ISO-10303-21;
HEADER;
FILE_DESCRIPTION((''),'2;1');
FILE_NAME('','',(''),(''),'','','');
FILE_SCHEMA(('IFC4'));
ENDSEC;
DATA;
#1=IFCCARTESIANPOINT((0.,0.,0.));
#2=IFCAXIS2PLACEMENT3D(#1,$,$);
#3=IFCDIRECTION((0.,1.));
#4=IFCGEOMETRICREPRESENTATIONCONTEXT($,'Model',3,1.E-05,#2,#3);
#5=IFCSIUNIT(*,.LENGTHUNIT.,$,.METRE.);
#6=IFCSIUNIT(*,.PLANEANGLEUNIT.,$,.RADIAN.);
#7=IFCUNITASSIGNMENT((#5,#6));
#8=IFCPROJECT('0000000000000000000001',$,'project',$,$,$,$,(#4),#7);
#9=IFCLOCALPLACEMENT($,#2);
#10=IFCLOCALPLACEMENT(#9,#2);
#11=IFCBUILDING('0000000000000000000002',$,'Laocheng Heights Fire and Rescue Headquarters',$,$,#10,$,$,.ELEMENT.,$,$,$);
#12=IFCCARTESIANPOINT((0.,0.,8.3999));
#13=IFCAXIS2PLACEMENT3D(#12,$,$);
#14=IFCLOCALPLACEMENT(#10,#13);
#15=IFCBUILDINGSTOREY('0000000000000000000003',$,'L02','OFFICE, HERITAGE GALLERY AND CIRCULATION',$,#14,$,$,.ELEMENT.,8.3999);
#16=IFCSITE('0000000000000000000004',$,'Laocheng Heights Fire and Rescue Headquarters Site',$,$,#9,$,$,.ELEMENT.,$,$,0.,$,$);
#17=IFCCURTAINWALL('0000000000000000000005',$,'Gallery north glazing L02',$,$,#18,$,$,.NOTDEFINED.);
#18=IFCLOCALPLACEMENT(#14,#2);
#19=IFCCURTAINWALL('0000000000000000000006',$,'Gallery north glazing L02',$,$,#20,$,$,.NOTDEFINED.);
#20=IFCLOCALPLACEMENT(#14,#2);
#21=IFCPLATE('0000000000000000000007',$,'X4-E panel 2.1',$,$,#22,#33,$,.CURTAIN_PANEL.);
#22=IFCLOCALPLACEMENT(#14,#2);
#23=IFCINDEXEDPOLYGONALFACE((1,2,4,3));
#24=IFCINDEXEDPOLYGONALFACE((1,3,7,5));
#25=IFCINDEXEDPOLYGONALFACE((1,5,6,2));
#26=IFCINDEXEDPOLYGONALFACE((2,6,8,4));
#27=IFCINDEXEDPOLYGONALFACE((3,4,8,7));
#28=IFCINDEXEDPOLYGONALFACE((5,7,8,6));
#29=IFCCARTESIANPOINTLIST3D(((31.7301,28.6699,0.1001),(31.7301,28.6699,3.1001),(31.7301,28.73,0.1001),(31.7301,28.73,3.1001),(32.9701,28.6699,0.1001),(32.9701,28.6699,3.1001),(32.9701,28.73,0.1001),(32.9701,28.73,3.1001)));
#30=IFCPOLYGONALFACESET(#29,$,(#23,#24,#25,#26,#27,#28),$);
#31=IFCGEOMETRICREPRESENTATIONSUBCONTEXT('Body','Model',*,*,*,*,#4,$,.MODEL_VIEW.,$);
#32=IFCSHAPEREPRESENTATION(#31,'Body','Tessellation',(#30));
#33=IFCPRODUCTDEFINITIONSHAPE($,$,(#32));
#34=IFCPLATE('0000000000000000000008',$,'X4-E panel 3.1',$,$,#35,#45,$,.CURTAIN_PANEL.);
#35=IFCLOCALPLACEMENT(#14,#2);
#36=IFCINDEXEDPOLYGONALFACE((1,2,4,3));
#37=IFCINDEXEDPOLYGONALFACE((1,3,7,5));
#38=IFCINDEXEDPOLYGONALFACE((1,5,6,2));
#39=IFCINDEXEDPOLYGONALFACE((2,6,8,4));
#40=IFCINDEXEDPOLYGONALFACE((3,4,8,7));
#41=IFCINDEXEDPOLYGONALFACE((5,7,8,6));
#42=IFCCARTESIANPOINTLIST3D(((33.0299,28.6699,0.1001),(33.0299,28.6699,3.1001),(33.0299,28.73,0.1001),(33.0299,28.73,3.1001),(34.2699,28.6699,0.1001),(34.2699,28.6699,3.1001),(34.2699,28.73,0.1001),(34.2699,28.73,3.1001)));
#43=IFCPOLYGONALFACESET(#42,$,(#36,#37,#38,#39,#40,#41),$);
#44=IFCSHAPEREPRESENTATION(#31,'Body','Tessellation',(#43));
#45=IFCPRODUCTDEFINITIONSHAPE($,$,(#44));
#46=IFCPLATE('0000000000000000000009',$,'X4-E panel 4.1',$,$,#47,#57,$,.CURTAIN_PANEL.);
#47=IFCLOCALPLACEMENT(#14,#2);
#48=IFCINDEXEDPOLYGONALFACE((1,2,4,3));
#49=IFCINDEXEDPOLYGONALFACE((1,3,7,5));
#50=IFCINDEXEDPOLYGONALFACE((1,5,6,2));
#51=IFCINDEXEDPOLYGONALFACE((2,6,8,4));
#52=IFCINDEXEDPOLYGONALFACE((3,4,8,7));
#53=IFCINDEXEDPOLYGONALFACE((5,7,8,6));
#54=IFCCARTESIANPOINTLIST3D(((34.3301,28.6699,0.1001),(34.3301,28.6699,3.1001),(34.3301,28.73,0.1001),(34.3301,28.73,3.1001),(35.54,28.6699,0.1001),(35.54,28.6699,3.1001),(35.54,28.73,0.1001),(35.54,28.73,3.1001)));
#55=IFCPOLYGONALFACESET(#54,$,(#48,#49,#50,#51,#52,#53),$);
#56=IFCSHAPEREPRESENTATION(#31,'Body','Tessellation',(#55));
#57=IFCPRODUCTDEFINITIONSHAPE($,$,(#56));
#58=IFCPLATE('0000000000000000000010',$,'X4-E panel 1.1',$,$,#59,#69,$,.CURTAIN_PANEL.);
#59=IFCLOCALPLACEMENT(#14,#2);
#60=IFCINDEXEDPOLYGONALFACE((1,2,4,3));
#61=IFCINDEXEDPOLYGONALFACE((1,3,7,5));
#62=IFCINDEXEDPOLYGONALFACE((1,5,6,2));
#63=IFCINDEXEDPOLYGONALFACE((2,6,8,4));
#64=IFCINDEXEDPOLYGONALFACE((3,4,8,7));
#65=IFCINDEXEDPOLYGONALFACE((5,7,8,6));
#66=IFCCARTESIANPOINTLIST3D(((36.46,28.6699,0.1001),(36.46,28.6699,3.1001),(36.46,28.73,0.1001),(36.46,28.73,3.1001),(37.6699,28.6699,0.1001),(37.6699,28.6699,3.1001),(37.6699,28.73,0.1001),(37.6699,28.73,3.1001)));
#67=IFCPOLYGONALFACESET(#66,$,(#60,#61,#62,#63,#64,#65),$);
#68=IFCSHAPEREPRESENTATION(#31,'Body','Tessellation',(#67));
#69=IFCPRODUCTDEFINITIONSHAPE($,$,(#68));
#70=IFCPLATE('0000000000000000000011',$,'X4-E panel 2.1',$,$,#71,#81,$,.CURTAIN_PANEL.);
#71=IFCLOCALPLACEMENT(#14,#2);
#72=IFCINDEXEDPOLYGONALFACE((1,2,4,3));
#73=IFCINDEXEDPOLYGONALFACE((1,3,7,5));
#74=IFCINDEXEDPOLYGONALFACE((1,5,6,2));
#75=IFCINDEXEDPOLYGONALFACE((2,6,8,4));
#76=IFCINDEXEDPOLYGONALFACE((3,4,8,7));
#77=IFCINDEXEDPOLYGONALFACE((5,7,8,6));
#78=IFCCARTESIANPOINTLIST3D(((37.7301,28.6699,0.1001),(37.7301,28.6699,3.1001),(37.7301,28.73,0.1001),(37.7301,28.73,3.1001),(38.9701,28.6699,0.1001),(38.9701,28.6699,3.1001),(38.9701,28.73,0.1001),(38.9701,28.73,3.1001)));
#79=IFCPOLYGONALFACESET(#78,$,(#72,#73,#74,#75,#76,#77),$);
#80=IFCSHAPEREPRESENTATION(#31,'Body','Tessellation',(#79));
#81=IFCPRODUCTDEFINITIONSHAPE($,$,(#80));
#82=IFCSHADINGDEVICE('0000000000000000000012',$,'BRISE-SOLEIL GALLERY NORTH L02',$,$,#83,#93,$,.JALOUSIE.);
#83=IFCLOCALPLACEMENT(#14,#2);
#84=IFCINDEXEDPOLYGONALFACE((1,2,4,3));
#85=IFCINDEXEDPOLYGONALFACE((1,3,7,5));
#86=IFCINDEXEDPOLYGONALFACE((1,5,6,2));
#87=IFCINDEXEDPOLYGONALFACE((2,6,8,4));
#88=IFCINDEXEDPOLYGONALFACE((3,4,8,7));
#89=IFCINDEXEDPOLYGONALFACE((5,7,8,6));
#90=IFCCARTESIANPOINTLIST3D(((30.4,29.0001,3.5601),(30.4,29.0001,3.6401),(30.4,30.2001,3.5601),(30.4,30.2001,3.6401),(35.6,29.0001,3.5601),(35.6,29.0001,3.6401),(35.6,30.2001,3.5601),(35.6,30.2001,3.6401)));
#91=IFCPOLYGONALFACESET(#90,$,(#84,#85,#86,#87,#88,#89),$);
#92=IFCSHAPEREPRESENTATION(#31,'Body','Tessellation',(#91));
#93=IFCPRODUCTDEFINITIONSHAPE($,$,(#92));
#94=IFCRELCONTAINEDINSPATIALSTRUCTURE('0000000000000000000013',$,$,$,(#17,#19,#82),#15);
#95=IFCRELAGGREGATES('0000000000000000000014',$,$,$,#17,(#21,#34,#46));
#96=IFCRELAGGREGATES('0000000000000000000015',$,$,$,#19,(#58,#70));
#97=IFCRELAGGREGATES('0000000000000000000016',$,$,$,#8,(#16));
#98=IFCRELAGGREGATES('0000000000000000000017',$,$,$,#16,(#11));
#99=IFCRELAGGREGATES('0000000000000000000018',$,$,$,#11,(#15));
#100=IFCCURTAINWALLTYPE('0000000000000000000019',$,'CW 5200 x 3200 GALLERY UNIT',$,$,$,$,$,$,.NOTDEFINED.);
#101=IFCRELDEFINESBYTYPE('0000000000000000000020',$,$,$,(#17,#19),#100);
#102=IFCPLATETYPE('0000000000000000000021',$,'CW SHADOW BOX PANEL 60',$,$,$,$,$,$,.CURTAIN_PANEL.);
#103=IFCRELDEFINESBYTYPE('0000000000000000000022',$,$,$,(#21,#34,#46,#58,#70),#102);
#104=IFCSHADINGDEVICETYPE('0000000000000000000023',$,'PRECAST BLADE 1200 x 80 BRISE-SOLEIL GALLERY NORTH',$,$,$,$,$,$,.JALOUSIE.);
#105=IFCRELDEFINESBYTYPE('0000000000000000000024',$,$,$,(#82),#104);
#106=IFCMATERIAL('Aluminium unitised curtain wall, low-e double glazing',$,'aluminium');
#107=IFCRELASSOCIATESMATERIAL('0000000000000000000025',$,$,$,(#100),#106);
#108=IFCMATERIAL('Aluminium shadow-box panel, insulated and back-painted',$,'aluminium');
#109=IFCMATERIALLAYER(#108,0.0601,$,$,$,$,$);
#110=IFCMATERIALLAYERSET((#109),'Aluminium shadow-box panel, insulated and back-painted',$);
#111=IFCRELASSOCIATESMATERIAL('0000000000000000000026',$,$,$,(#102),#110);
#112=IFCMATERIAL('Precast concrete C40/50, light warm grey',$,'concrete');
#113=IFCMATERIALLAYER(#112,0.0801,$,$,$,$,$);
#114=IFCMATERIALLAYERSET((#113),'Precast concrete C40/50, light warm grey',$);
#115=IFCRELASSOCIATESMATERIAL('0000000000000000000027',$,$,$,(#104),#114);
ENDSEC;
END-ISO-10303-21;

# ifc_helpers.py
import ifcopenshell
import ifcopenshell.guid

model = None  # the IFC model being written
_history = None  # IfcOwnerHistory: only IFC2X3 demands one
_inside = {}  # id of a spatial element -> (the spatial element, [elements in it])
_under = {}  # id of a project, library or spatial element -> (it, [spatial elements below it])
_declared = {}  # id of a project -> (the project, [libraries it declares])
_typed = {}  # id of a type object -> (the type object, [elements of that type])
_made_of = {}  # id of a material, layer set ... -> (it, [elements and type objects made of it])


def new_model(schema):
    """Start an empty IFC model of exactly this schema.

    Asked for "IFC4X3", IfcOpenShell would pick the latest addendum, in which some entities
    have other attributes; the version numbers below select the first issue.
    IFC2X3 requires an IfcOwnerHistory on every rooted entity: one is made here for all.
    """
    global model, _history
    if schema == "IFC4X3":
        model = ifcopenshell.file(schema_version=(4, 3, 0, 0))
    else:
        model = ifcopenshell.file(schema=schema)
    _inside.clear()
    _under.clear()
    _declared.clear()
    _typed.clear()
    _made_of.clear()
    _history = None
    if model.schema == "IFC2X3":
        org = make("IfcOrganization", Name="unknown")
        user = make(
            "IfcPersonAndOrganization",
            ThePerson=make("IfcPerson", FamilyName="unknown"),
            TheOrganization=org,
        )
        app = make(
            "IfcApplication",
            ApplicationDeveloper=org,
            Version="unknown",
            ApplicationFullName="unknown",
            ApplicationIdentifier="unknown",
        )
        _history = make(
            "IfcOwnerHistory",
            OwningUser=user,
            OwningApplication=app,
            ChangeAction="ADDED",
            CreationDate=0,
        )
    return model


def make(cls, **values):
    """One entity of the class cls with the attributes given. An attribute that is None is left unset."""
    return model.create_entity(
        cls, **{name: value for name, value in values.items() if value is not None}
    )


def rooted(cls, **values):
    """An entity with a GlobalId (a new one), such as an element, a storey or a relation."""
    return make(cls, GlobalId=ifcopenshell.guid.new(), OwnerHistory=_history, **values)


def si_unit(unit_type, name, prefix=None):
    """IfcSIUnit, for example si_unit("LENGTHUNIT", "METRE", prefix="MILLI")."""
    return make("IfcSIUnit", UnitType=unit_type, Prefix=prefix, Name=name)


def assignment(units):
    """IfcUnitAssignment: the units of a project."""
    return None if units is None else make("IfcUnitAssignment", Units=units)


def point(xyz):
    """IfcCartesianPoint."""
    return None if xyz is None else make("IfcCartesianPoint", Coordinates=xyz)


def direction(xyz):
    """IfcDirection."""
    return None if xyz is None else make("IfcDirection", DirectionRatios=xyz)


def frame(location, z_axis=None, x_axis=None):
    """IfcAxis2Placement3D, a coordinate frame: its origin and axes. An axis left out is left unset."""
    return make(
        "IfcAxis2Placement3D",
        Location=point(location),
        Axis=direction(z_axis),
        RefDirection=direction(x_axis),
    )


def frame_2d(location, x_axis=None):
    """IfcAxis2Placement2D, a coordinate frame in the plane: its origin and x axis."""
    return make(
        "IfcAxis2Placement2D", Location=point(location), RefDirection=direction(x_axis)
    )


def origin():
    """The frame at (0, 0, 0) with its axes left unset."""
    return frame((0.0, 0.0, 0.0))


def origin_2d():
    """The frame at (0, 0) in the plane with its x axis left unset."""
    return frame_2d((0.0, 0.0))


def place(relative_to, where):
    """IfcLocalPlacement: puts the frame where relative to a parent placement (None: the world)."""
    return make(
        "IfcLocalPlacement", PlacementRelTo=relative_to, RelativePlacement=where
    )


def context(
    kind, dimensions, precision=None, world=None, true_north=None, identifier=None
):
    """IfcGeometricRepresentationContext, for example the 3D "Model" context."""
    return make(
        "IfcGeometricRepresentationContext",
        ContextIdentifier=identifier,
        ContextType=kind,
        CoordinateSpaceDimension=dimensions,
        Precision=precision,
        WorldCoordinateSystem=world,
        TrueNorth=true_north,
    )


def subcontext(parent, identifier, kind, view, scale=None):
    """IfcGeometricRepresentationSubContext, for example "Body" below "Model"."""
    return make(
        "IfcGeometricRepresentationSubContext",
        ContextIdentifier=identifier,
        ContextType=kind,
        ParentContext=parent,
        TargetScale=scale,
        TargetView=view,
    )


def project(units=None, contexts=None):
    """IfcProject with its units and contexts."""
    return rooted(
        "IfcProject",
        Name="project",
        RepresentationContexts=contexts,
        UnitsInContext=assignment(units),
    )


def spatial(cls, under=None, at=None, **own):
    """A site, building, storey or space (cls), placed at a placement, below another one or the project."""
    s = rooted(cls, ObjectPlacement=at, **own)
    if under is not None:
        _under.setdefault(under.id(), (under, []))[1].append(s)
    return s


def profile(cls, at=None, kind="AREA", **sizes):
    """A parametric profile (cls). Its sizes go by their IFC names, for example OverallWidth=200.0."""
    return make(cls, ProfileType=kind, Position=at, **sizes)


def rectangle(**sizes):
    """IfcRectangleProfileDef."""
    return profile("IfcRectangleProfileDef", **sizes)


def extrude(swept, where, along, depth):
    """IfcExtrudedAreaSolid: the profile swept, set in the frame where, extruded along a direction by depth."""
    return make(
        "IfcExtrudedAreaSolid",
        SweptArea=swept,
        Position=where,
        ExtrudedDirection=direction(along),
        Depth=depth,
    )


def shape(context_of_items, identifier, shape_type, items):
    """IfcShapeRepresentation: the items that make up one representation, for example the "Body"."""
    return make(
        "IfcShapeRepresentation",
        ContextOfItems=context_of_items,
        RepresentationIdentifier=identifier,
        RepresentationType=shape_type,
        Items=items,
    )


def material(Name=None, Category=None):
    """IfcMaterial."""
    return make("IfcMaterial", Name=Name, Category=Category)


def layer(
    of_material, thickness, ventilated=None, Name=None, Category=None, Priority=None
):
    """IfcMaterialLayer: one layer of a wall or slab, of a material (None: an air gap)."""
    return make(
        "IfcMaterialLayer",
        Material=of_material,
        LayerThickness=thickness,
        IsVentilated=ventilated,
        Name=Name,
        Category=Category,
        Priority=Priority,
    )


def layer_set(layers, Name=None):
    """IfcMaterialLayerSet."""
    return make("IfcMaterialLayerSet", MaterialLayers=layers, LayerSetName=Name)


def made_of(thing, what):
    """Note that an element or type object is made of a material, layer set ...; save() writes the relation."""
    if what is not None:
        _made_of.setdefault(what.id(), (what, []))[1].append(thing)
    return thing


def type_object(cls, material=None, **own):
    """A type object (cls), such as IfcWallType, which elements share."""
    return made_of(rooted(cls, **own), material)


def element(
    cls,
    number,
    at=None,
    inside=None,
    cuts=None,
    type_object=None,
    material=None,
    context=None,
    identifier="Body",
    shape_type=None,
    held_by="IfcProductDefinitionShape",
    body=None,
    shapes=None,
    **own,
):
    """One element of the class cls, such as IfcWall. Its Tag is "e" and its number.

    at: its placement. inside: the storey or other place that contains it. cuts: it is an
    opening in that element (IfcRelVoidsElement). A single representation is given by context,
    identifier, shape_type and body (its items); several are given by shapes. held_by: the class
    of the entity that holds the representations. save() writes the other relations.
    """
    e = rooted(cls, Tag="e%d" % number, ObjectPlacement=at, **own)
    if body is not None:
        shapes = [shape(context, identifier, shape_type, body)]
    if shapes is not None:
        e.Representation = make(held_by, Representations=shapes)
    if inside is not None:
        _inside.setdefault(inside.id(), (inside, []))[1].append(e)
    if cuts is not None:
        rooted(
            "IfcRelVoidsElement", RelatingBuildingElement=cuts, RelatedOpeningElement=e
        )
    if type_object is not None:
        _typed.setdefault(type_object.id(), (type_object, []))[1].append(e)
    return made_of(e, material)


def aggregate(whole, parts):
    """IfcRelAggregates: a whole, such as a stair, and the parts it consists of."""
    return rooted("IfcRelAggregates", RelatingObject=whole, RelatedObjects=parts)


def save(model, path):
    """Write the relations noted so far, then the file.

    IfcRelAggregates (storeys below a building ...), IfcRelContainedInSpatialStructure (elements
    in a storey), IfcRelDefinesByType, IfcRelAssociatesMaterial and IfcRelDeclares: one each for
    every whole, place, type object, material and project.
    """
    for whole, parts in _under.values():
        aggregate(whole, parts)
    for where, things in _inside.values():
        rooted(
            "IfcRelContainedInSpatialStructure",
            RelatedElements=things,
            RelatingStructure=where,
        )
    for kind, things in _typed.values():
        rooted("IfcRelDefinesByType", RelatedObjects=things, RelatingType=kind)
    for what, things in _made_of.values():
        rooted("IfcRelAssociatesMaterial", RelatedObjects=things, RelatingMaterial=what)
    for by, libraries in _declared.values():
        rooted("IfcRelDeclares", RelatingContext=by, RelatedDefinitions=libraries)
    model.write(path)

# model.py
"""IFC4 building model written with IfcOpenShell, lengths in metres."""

from ifc_helpers import new_model, si_unit, direction, frame, origin, origin_2d, place, context, subcontext, project, spatial, rectangle, extrude, material, layer, layer_set, type_object, element, aggregate, save


model = new_model("IFC4")

# Units and contexts
model_context = context("Model", 3, precision=1e-05, world=origin(), true_north=direction((0.0, 1.0)))
body_context = subcontext(model_context, "Body", "Model", "MODEL_VIEW")
ifc_project = project(units=[si_unit("LENGTHUNIT", "METRE"), si_unit("PLANEANGLEUNIT", "RADIAN")], contexts=[model_context])

# Site, building, storey
site_placement = place(None, origin())
site = spatial("IfcSite", under=ifc_project, at=site_placement, Name="Laocheng Heights Fire and Rescue Headquarters Site", CompositionType="ELEMENT", RefElevation=0.0)
building_placement = place(site_placement, origin())
building = spatial("IfcBuilding", under=site, at=building_placement, Name="Laocheng Heights Fire and Rescue Headquarters", CompositionType="ELEMENT")
storey_placement = place(building_placement, frame((0.0, 0.0, 8.3999)))
storey = spatial("IfcBuildingStorey", under=building, at=storey_placement, Name="L02", Description="OFFICE, HERITAGE GALLERY AND CIRCULATION", CompositionType="ELEMENT", Elevation=8.3999)

# Curtain walls
ifc_material_1 = material(Name="Aluminium unitised curtain wall, low-e double glazing", Category="aluminium")
curtain_wall_type = type_object("IfcCurtainWallType", Name="CW 5200 x 3200 GALLERY UNIT", PredefinedType="NOTDEFINED", material=ifc_material_1)
curtain_wall_1_placement = place(storey_placement, origin())
curtain_wall_1 = element("IfcCurtainWall", 1, at=curtain_wall_1_placement, inside=storey, type_object=curtain_wall_type, Name="Gallery north glazing L02", PredefinedType="NOTDEFINED")
curtain_wall_2_placement = place(storey_placement, origin())
curtain_wall_2 = element("IfcCurtainWall", 2, at=curtain_wall_2_placement, inside=storey, type_object=curtain_wall_type, Name="Gallery north glazing L02", PredefinedType="NOTDEFINED")

# Plates
ifc_material_2 = material(Name="Aluminium shadow-box panel, insulated and back-painted", Category="aluminium")
ifc_layer_1 = layer(ifc_material_2, 0.0601)
ifc_layer_set_1 = layer_set([ifc_layer_1], Name="Aluminium shadow-box panel, insulated and back-painted")
plate_type = type_object("IfcPlateType", Name="CW SHADOW BOX PANEL 60", PredefinedType="CURTAIN_PANEL", material=ifc_layer_set_1)
plate_1_placement = place(storey_placement, frame((32.3501, 28.7, 0.1001), z_axis=(0.0, 0.0, 1.0), x_axis=(1.0, 0.0, 0.0)))
plate_1 = element("IfcPlate", 3, at=plate_1_placement, type_object=plate_type, Name="X4-E panel 2.1", PredefinedType="CURTAIN_PANEL", context=body_context, shape_type="SweptSolid", body=[
    extrude(rectangle(XDim=1.24, YDim=0.0601, at=origin_2d()), origin(), (0.0, 0.0, 1.0), 3.0),
])
plate_2_placement = place(storey_placement, frame((33.6499, 28.7, 0.1001), z_axis=(0.0, 0.0, 1.0), x_axis=(1.0, 0.0, 0.0)))
plate_2 = element("IfcPlate", 4, at=plate_2_placement, type_object=plate_type, Name="X4-E panel 3.1", PredefinedType="CURTAIN_PANEL", context=body_context, shape_type="SweptSolid", body=[
    extrude(rectangle(XDim=1.24, YDim=0.0601, at=origin_2d()), origin(), (0.0, 0.0, 1.0), 3.0),
])
plate_3_placement = place(storey_placement, frame((34.9351, 28.7, 0.1001), z_axis=(0.0, 0.0, 1.0), x_axis=(1.0, 0.0, 0.0)))
plate_3 = element("IfcPlate", 5, at=plate_3_placement, type_object=plate_type, Name="X4-E panel 4.1", PredefinedType="CURTAIN_PANEL", context=body_context, shape_type="SweptSolid", body=[
    extrude(rectangle(XDim=1.21, YDim=0.0601, at=origin_2d()), origin(), (0.0, 0.0, 1.0), 3.0),
])
aggregate(curtain_wall_1, [plate_1, plate_2, plate_3])
plate_4_placement = place(storey_placement, frame((37.0649, 28.7, 0.1001), z_axis=(0.0, 0.0, 1.0), x_axis=(1.0, 0.0, 0.0)))
plate_4 = element("IfcPlate", 6, at=plate_4_placement, type_object=plate_type, Name="X4-E panel 1.1", PredefinedType="CURTAIN_PANEL", context=body_context, shape_type="SweptSolid", body=[
    extrude(rectangle(XDim=1.21, YDim=0.0601, at=origin_2d()), origin(), (0.0, 0.0, 1.0), 3.0),
])
plate_5_placement = place(storey_placement, frame((38.3501, 28.7, 0.1001), z_axis=(0.0, 0.0, 1.0), x_axis=(1.0, 0.0, 0.0)))
plate_5 = element("IfcPlate", 7, at=plate_5_placement, type_object=plate_type, Name="X4-E panel 2.1", PredefinedType="CURTAIN_PANEL", context=body_context, shape_type="SweptSolid", body=[
    extrude(rectangle(XDim=1.24, YDim=0.0601, at=origin_2d()), origin(), (0.0, 0.0, 1.0), 3.0),
])
aggregate(curtain_wall_2, [plate_4, plate_5])

# Shading device
ifc_material_3 = material(Name="Precast concrete C40/50, light warm grey", Category="concrete")
ifc_layer_2 = layer(ifc_material_3, 0.0801)
ifc_layer_set_2 = layer_set([ifc_layer_2], Name="Precast concrete C40/50, light warm grey")
shading_device_type = type_object("IfcShadingDeviceType", Name="PRECAST BLADE 1200 x 80 BRISE-SOLEIL GALLERY NORTH", PredefinedType="JALOUSIE", material=ifc_layer_set_2)
shading_device_placement = place(storey_placement, frame((33.0, 29.6001, 3.5601), z_axis=(0.0, 0.0, 1.0), x_axis=(1.0, 0.0, 0.0)))
element("IfcShadingDevice", 8, at=shading_device_placement, inside=storey, type_object=shading_device_type, Name="BRISE-SOLEIL GALLERY NORTH L02", PredefinedType="JALOUSIE", context=body_context, shape_type="SweptSolid", body=[
    extrude(rectangle(XDim=5.2, YDim=1.2, at=origin_2d()), origin(), (0.0, 0.0, 1.0), 0.0801),
])

save(model, "model.ifc")
